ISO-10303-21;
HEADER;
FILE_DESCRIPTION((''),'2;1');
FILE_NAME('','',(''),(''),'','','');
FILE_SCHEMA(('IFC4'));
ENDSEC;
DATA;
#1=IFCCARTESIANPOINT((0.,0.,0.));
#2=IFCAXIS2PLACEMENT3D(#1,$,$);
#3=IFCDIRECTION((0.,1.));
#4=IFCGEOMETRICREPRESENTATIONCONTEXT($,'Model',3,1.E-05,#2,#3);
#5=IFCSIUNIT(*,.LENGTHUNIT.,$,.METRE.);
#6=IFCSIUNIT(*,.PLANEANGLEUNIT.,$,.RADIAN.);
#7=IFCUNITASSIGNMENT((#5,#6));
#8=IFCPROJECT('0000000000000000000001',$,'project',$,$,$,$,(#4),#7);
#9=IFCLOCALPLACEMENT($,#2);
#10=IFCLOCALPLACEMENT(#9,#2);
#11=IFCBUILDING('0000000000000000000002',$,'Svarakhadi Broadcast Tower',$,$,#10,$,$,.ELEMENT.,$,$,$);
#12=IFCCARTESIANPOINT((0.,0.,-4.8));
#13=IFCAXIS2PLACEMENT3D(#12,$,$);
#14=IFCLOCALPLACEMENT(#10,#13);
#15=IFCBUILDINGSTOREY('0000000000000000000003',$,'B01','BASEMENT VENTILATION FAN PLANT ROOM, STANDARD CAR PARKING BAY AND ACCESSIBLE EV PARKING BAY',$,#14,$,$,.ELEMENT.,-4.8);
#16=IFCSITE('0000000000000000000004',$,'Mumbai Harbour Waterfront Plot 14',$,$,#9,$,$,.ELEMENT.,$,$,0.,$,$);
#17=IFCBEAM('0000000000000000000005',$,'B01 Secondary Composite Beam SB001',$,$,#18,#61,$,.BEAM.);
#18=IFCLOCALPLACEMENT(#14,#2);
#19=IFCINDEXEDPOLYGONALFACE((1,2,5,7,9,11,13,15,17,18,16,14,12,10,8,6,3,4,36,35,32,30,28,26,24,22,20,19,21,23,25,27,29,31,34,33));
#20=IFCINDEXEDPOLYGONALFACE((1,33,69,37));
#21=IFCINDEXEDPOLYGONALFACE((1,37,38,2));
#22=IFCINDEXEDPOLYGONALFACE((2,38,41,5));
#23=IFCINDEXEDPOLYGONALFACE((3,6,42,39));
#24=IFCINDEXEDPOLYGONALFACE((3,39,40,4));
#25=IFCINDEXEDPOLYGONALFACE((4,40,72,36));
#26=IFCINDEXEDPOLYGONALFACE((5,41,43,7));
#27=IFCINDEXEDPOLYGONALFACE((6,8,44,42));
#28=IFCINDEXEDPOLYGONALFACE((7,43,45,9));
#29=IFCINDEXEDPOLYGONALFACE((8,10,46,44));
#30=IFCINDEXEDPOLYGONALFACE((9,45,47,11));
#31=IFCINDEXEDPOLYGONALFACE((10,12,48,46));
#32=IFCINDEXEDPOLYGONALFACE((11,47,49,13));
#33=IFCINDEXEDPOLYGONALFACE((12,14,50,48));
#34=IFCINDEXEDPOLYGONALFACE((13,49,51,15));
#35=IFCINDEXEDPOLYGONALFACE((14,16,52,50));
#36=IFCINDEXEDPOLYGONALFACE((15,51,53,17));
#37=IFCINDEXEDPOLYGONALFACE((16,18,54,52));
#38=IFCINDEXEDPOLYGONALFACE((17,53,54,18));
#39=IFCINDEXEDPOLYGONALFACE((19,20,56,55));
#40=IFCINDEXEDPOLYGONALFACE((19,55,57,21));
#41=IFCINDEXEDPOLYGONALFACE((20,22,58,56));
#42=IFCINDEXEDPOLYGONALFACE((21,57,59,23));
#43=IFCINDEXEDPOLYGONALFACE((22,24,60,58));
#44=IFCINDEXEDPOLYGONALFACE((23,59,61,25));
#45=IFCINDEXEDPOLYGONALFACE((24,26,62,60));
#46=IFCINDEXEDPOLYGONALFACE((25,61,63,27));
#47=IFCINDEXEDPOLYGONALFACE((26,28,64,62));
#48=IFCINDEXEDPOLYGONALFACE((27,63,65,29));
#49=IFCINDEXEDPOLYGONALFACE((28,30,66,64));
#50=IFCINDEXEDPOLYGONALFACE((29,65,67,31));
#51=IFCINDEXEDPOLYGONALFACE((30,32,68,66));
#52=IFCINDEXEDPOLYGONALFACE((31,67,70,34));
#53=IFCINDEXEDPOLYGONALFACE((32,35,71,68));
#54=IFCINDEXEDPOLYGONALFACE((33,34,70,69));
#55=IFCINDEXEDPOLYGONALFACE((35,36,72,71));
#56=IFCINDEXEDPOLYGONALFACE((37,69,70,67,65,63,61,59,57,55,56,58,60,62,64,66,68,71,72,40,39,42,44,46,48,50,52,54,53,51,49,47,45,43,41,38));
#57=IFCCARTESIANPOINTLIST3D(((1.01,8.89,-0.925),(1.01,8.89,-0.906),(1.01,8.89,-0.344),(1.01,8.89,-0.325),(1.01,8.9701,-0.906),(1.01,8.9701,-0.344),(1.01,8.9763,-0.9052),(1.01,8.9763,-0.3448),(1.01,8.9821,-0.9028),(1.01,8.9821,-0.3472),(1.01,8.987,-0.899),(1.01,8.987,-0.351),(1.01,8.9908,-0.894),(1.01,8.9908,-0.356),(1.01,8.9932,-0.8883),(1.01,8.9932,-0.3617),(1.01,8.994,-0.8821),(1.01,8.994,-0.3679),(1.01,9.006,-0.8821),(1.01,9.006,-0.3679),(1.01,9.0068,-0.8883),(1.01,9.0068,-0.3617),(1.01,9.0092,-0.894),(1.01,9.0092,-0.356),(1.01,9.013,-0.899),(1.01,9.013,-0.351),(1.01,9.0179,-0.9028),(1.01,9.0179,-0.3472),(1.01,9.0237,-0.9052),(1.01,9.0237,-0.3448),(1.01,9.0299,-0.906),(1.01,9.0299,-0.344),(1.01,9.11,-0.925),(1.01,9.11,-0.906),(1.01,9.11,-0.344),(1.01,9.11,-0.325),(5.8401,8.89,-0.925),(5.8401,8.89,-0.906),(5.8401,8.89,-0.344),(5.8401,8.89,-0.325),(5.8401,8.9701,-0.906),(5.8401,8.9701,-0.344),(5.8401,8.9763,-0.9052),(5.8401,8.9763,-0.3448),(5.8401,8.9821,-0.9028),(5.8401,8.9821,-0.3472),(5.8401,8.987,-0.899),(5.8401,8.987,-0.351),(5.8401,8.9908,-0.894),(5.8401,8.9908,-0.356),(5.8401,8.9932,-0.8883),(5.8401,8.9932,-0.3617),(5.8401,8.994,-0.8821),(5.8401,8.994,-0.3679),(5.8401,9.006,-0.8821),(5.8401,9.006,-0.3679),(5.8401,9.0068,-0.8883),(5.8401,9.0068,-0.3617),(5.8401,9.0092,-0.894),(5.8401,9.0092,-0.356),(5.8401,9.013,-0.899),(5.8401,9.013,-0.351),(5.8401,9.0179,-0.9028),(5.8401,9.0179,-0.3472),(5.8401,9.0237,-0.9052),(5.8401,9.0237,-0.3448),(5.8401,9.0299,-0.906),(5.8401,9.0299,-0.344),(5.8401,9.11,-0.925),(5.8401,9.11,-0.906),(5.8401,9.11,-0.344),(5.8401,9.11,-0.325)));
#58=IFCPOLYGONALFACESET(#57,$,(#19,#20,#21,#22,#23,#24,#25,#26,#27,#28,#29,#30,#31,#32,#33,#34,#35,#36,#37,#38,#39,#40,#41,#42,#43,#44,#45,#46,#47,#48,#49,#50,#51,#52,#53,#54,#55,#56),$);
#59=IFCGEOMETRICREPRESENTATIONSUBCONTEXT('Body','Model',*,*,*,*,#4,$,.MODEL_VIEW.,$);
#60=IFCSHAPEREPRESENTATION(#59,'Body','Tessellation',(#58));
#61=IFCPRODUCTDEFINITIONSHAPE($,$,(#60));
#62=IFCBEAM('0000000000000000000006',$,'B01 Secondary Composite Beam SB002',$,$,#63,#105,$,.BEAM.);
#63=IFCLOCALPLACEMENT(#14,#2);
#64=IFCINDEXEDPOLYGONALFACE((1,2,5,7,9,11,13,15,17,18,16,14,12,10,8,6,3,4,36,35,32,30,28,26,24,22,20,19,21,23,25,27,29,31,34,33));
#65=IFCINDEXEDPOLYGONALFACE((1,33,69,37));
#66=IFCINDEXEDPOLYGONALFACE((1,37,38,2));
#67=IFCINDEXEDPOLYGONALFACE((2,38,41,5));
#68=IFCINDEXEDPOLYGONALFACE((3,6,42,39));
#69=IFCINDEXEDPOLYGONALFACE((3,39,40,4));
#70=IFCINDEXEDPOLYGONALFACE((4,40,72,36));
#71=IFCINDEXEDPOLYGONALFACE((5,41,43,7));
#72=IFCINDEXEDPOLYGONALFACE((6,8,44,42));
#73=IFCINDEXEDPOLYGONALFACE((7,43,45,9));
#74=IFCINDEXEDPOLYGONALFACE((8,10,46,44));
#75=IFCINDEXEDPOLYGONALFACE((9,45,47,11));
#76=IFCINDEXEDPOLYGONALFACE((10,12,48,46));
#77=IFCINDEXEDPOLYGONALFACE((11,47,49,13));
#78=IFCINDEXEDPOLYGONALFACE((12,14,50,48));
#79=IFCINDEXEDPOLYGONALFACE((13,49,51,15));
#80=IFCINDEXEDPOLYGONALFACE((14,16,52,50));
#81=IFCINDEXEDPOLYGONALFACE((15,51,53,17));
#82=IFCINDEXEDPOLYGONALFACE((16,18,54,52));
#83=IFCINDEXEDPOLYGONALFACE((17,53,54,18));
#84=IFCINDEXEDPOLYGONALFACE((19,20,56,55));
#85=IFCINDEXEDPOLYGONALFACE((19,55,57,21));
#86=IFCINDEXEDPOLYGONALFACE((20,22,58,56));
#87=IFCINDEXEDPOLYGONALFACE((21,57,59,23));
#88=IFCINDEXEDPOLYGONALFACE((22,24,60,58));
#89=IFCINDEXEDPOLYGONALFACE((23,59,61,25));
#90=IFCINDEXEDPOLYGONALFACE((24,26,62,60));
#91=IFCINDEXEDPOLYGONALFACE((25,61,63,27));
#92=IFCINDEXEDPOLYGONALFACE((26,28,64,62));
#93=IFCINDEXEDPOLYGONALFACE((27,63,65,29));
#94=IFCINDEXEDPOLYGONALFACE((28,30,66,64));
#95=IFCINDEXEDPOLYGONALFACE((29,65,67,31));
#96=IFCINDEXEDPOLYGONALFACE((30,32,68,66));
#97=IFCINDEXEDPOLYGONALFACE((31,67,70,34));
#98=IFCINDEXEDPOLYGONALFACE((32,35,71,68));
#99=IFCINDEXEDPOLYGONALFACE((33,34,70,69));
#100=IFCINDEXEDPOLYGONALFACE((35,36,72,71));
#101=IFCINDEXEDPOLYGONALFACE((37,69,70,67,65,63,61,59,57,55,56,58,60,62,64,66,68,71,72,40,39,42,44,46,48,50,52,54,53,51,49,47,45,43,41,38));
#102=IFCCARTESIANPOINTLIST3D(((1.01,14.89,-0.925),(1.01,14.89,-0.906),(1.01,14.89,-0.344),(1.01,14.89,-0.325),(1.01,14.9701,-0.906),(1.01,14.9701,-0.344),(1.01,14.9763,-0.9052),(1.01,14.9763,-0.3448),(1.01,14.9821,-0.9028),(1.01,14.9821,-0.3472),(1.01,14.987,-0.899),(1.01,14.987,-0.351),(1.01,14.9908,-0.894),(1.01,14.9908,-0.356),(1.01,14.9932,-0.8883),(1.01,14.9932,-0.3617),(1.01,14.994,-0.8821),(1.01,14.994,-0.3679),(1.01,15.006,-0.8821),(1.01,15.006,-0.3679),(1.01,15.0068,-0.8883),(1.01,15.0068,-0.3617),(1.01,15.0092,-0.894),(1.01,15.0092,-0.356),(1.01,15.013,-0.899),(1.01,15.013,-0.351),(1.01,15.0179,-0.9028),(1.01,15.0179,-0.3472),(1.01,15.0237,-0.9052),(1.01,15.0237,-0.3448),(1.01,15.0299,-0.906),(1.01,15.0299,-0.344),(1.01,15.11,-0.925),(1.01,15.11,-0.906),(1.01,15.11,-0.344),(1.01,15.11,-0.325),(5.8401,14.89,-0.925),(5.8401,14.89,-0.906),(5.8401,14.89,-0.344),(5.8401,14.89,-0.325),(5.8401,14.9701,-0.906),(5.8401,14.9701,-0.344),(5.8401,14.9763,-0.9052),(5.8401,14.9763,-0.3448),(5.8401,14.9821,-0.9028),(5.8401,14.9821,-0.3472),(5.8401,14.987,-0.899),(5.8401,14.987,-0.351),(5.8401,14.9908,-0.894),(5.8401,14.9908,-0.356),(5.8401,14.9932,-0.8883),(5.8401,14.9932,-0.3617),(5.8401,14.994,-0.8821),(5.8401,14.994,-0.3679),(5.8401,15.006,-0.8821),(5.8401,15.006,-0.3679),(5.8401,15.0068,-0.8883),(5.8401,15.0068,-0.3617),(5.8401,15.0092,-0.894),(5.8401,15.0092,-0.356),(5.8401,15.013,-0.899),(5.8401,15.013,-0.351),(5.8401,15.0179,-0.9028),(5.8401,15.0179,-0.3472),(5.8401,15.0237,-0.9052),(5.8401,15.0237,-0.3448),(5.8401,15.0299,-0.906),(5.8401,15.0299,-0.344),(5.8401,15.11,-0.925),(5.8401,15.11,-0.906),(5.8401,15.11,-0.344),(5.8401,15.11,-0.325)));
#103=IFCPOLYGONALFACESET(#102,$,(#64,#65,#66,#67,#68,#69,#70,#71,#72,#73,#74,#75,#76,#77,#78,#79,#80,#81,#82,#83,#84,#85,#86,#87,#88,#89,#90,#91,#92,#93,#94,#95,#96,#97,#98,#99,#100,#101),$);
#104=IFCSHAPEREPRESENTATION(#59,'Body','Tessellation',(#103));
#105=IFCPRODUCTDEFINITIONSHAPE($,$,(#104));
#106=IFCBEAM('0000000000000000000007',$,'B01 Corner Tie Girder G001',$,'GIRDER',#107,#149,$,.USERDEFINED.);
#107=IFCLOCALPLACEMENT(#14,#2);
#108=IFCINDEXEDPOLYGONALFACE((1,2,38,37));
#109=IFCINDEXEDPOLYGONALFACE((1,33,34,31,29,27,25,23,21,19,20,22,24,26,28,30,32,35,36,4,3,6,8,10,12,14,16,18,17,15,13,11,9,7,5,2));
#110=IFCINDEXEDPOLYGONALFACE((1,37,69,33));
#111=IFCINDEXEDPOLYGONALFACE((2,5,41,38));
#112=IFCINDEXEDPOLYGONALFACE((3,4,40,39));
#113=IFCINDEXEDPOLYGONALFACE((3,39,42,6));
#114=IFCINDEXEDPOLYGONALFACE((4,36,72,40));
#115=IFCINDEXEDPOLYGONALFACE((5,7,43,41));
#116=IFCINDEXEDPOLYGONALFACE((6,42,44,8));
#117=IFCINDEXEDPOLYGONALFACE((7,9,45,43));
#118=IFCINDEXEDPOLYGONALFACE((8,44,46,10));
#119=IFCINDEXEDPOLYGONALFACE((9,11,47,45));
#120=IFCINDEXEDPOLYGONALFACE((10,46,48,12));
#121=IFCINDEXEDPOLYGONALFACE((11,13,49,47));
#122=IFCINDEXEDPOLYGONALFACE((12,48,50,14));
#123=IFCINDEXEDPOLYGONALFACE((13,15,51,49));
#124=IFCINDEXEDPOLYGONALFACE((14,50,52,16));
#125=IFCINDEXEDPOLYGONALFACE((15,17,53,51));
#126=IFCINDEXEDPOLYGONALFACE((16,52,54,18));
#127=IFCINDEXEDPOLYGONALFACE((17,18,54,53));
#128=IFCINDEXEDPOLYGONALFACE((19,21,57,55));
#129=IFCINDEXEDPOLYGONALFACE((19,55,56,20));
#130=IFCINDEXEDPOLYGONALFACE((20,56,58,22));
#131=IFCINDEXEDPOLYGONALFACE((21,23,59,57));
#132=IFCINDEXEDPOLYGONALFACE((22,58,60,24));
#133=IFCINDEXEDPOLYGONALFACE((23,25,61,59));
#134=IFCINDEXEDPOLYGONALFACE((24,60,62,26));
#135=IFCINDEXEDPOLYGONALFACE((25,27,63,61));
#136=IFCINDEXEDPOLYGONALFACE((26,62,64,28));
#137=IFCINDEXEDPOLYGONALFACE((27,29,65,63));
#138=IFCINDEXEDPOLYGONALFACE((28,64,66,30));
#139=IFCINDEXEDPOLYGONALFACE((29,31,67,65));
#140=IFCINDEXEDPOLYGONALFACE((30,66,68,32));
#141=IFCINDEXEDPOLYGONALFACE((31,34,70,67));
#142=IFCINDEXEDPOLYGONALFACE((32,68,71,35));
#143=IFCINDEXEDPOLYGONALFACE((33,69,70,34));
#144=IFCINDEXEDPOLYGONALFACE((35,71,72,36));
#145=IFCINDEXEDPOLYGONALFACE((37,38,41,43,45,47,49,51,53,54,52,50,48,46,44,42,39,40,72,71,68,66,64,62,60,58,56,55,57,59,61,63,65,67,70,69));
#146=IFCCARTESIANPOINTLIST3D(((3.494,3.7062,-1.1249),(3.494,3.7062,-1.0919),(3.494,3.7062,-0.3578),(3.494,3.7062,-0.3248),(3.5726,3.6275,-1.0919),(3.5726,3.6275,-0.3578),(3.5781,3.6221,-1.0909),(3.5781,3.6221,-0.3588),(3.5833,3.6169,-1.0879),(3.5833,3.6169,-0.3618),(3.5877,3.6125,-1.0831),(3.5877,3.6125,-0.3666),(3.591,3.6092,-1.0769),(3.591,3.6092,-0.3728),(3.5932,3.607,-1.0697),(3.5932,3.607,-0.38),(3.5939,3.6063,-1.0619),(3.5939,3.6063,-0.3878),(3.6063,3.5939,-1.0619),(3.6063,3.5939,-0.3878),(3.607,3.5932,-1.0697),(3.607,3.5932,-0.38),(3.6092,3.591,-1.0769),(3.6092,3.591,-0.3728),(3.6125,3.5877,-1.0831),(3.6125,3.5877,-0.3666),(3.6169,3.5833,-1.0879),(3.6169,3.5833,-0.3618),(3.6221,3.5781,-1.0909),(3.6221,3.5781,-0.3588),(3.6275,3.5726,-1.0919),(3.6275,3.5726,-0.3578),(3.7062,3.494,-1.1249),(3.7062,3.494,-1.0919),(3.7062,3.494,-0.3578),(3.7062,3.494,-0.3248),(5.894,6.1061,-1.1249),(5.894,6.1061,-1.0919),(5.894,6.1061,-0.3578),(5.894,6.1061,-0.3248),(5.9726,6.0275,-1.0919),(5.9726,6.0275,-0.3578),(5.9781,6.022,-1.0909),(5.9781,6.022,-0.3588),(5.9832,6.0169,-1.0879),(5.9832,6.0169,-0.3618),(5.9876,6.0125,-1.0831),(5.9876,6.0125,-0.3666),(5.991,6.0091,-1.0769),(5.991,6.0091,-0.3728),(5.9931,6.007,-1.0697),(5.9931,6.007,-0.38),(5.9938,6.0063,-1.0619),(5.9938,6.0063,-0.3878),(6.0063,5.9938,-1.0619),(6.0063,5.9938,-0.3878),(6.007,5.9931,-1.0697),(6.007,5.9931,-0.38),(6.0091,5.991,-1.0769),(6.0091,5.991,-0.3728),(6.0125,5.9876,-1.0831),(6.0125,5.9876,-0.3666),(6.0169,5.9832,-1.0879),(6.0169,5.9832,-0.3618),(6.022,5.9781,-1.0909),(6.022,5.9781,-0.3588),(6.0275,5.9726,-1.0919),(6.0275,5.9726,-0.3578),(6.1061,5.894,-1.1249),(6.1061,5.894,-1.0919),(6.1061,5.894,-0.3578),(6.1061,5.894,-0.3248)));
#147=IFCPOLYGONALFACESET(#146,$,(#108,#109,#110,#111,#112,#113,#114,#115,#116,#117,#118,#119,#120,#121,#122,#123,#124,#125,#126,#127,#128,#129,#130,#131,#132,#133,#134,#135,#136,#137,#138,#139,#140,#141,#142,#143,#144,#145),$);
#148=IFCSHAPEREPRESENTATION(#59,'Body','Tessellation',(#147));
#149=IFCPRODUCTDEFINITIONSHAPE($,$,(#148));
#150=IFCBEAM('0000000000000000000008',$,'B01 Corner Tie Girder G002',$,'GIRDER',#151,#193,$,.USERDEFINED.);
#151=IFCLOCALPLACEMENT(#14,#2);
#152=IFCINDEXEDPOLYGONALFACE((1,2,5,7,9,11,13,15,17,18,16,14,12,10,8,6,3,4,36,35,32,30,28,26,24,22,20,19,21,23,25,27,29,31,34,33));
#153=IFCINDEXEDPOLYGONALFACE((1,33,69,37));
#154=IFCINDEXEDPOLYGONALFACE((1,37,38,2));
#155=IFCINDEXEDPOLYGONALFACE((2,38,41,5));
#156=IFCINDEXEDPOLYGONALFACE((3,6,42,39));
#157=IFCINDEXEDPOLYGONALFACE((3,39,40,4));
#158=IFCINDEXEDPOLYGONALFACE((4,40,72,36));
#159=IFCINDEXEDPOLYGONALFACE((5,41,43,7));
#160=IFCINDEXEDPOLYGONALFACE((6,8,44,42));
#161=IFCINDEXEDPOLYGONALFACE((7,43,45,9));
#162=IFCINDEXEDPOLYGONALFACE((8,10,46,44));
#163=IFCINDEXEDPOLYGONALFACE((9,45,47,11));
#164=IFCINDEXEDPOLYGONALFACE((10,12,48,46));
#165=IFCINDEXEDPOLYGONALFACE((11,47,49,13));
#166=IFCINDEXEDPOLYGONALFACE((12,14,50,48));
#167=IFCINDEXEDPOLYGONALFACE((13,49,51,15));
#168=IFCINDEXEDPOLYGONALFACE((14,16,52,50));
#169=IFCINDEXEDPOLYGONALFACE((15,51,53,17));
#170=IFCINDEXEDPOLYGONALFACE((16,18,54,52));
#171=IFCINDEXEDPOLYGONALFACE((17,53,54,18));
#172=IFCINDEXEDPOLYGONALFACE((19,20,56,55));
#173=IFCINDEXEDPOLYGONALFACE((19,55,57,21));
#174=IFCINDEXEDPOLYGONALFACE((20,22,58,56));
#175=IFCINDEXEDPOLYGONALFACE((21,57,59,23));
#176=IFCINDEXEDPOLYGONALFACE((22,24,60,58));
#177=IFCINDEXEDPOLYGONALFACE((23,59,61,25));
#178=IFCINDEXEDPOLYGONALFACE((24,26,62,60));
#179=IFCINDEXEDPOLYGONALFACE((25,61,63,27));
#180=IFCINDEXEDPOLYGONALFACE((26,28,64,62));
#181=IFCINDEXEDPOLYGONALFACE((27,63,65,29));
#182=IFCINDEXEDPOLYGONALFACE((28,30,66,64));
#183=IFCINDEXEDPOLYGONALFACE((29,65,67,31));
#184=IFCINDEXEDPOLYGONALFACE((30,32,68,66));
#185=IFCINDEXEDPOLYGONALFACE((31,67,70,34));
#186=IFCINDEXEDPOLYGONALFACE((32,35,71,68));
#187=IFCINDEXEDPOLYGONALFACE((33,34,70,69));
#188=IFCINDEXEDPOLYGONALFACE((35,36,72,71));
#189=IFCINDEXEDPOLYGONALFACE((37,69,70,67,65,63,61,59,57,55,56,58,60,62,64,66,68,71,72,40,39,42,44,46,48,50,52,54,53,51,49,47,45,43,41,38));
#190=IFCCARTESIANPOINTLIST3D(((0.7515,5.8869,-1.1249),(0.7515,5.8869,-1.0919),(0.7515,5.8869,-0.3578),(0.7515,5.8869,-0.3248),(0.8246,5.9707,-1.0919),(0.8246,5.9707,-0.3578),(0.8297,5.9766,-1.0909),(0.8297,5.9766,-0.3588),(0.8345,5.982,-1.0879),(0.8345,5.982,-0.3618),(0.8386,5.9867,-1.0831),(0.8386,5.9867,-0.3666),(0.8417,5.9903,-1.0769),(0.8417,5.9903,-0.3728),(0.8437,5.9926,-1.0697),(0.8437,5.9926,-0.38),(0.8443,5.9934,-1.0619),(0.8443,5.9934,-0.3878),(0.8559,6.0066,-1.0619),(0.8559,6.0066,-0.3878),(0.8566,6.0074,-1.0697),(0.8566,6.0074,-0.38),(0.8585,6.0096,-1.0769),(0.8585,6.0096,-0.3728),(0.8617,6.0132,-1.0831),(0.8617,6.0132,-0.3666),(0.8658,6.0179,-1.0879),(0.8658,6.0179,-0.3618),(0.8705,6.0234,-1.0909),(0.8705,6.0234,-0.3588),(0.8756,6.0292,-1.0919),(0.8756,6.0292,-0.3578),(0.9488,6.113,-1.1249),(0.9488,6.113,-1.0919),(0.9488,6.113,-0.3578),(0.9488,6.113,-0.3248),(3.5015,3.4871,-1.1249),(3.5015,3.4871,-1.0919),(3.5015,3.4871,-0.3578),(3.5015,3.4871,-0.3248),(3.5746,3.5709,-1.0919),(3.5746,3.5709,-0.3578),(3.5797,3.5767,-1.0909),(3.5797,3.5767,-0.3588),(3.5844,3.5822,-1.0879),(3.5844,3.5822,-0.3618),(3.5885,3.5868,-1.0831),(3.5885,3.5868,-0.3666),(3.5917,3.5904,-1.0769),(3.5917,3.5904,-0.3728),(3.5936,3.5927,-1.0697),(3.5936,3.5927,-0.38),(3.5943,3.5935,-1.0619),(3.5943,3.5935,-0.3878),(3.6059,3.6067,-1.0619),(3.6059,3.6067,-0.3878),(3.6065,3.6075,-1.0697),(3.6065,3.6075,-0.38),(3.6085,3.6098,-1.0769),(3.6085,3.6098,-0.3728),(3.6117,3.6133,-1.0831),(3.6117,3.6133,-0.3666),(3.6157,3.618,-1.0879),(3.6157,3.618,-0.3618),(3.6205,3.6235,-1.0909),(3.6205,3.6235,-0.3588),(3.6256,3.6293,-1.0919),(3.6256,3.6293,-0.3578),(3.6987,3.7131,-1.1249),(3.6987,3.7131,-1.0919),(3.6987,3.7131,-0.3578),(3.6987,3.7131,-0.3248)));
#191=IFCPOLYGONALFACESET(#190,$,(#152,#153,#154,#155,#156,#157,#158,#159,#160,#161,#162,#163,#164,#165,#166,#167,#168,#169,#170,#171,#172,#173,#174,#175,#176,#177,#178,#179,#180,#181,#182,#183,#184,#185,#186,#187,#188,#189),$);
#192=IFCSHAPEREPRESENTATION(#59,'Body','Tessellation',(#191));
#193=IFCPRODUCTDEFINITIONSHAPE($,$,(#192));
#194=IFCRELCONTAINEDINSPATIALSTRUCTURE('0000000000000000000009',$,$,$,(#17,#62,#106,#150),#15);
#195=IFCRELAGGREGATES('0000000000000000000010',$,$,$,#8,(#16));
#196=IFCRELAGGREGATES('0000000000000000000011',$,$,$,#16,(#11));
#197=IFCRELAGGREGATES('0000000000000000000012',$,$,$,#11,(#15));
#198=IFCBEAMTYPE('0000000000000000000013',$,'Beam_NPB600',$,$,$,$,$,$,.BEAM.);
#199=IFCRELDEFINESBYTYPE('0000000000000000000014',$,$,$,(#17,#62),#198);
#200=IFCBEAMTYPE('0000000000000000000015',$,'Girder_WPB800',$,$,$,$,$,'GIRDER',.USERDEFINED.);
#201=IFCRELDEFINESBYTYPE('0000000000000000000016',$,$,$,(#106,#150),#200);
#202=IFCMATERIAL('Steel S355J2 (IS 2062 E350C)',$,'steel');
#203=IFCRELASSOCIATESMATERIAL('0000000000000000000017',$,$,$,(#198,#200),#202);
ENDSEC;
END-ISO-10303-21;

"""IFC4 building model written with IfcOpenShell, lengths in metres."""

from ifc_helpers import new_model, si_unit, direction, frame, origin, origin_2d, place, context, subcontext, project, spatial, i_section, extrude, material, material_profile, profile_set, type_object, element, save


model = new_model("IFC4")

# Units and contexts
model_context = context("Model", 3, precision=1e-05, world=origin(), true_north=direction((0.0, 1.0)))
body_context = subcontext(model_context, "Body", "Model", "MODEL_VIEW")
ifc_project = project(units=[si_unit("LENGTHUNIT", "METRE"), si_unit("PLANEANGLEUNIT", "RADIAN")], contexts=[model_context])

# Site, building, storey
site_placement = place(None, origin())
site = spatial("IfcSite", under=ifc_project, at=site_placement, Name="Mumbai Harbour Waterfront Plot 14", CompositionType="ELEMENT", RefElevation=0.0)
building_placement = place(site_placement, origin())
building = spatial("IfcBuilding", under=site, at=building_placement, Name="Svarakhadi Broadcast Tower", CompositionType="ELEMENT")
storey_placement = place(building_placement, frame((0.0, 0.0, -4.8)))
storey = spatial("IfcBuildingStorey", under=building, at=storey_placement, Name="B01", Description="BASEMENT VENTILATION FAN PLANT ROOM, STANDARD CAR PARKING BAY AND ACCESSIBLE EV PARKING BAY", CompositionType="ELEMENT", Elevation=-4.8)

# Beams
ifc_material_1 = material(Name="Steel S355J2 (IS 2062 E350C)", Category="steel")
ifc_material_profile_1 = material_profile(ifc_material_1, i_section(OverallWidth=0.22, OverallDepth=0.6001, WebThickness=0.012, FlangeThickness=0.019, FilletRadius=0.0239, at=origin_2d()), Name="NPB 600x220x122")
ifc_profile_set_1 = profile_set([ifc_material_profile_1], Name="Steel S355J2 (IS 2062 E350C)")
beam_type_1 = type_object("IfcBeamType", Name="Beam_NPB600", PredefinedType="BEAM", material=ifc_profile_set_1)
for number, where, z_axis, x_axis, name in (
    (1, (1.01, 9.0, -0.625), (1.0, 0.0, 0.0), (0.0, 1.0, 0.0), "B01 Secondary Composite Beam SB001"),
    (2, (1.01, 15.0, -0.625), (1.0, 0.0, 0.0), (0.0, 1.0, 0.0), "B01 Secondary Composite Beam SB002"),
):
    element("IfcBeam", number, at=place(storey_placement, frame(where, z_axis=z_axis, x_axis=x_axis)), inside=storey, type_object=beam_type_1, Name=name, PredefinedType="BEAM", context=body_context, shape_type="SweptSolid", body=[
        extrude(i_section(OverallWidth=0.22, OverallDepth=0.6001, WebThickness=0.012, FlangeThickness=0.019, FilletRadius=0.0239, at=origin_2d()), origin(), (0.0, 0.0, 1.0), 4.8301),
    ])
ifc_material_profile_2 = material_profile(ifc_material_1, i_section(OverallWidth=0.3, OverallDepth=0.8, WebThickness=0.0176, FlangeThickness=0.033, FilletRadius=0.03, at=origin_2d()), Name="WPB 800x300x262")
ifc_profile_set_2 = profile_set([ifc_material_profile_2], Name="Steel S355J2 (IS 2062 E350C)")
beam_type_2 = type_object("IfcBeamType", Name="Girder_WPB800", ElementType="GIRDER", PredefinedType="USERDEFINED", material=ifc_profile_set_2)
beam_1_placement = place(storey_placement, frame((3.6001, 3.6001, -0.7249), z_axis=(0.707107, 0.707107, 0.0), x_axis=(-0.707107, 0.707107, 0.0)))
element("IfcBeam", 3, at=beam_1_placement, inside=storey, type_object=beam_type_2, Name="B01 Corner Tie Girder G001", ObjectType="GIRDER", PredefinedType="USERDEFINED", context=body_context, shape_type="SweptSolid", body=[
    extrude(i_section(OverallWidth=0.3, OverallDepth=0.8, WebThickness=0.0176, FlangeThickness=0.033, FilletRadius=0.03, at=origin_2d()), origin(), (0.0, 0.0, 1.0), 3.394),
])
for number, where, z_axis, x_axis, name in (
    (4, (3.6001, 3.6001, -0.7249), (-0.753438, 0.657519, 0.0), (-0.657519, -0.753438, 0.0), "B01 Corner Tie Girder G002"),
):
    element("IfcBeam", number, at=place(storey_placement, frame(where, z_axis=z_axis, x_axis=x_axis)), inside=storey, type_object=beam_type_2, Name=name, ObjectType="GIRDER", PredefinedType="USERDEFINED", context=body_context, shape_type="SweptSolid", body=[
        extrude(i_section(OverallWidth=0.3, OverallDepth=0.8, WebThickness=0.0176, FlangeThickness=0.033, FilletRadius=0.03, at=origin_2d()), origin(), (0.0, 0.0, 1.0), 3.6499),
    ])

save(model, "model.ifc")
